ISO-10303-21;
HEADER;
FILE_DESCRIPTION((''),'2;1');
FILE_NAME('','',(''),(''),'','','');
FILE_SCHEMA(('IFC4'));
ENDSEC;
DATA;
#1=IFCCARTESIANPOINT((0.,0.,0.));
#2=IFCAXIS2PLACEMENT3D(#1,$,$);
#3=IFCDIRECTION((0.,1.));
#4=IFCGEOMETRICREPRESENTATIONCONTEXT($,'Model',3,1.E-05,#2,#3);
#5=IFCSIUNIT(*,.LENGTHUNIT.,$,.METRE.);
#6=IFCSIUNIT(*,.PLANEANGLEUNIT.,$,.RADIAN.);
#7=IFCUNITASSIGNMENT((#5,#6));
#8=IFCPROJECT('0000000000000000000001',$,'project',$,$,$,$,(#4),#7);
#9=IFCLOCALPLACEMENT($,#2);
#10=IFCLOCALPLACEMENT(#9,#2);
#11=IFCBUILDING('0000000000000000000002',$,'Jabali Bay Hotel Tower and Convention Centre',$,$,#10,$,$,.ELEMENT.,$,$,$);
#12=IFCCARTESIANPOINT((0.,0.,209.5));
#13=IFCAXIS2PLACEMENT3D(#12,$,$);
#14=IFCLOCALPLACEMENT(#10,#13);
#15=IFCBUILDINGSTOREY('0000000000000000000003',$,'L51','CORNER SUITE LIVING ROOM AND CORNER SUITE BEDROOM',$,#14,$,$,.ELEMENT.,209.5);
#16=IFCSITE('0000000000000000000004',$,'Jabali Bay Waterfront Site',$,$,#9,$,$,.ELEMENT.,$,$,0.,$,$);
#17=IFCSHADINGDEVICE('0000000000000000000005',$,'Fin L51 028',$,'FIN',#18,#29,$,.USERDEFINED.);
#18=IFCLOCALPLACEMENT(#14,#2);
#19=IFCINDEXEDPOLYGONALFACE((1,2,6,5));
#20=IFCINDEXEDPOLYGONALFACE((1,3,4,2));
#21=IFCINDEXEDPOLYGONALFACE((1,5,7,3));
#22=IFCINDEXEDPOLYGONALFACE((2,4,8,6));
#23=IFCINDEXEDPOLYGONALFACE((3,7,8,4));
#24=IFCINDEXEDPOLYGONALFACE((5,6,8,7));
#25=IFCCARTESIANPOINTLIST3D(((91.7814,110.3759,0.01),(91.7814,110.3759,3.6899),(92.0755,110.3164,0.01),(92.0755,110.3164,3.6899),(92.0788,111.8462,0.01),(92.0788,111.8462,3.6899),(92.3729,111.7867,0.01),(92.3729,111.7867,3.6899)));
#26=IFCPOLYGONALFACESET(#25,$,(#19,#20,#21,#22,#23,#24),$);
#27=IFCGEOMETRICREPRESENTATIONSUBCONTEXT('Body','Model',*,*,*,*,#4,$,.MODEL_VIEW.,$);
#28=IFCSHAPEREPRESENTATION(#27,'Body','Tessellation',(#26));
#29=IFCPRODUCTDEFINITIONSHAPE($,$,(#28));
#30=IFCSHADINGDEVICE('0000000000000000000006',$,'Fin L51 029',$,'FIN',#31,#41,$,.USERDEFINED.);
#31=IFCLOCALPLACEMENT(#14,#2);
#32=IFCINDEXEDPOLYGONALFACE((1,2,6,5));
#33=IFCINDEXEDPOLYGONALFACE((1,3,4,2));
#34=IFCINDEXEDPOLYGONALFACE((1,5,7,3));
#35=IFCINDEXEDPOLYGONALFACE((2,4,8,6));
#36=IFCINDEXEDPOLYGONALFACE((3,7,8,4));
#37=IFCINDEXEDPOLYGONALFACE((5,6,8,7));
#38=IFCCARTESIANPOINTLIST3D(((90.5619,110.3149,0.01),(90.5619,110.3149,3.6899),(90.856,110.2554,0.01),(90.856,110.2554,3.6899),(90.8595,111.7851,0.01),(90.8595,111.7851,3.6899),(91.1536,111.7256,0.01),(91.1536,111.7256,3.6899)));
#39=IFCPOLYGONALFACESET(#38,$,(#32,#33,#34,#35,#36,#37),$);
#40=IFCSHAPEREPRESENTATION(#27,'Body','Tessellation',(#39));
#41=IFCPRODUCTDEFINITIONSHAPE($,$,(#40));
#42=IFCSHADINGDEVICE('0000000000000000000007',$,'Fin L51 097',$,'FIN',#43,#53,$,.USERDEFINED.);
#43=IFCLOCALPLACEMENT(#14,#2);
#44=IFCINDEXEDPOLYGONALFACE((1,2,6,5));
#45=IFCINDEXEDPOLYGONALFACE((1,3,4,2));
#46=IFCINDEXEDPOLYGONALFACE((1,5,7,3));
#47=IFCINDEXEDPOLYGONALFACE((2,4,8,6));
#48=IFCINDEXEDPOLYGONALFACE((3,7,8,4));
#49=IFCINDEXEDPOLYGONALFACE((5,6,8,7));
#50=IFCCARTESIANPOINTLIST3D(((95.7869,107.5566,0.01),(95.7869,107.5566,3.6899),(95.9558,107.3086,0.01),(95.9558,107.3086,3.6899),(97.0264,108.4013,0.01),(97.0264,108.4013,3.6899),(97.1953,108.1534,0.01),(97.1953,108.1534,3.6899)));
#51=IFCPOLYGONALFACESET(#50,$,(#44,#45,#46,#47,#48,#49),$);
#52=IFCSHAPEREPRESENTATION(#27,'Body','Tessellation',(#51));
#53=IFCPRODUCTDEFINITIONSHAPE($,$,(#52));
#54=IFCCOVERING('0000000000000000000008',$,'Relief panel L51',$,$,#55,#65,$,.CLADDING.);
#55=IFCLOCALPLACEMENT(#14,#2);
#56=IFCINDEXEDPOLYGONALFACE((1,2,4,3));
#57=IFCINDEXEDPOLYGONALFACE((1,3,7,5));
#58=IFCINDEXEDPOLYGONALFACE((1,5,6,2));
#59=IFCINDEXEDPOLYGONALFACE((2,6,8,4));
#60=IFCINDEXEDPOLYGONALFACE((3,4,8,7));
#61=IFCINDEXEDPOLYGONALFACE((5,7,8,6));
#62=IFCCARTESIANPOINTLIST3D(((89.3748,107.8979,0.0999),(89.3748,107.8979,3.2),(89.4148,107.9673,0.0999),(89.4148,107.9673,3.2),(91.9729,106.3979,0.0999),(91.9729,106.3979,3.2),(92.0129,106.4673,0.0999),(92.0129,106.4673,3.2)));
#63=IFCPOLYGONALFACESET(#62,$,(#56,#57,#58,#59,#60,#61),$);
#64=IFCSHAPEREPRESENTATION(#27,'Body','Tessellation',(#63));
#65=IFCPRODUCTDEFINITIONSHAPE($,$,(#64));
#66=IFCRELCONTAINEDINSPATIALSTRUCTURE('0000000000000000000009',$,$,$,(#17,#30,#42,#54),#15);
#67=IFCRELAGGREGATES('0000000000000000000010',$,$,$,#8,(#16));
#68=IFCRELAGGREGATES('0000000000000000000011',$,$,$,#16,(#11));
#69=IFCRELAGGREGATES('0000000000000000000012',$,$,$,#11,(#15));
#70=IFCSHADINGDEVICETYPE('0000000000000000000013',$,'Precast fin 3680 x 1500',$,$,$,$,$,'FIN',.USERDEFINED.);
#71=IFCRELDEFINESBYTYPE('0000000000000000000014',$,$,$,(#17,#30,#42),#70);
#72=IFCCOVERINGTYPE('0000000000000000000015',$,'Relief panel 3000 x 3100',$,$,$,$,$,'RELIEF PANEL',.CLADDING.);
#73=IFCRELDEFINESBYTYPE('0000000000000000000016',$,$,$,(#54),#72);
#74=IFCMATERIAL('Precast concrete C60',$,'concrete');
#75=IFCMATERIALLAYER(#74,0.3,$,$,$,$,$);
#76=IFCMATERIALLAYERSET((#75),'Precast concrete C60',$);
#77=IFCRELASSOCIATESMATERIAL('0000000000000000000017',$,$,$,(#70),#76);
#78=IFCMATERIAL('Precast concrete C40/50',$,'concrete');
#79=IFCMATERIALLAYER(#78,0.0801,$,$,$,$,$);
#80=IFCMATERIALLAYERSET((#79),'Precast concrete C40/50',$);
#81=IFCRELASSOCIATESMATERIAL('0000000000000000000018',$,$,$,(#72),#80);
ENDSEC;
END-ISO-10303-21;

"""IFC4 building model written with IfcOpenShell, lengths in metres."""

from ifc_helpers import new_model, si_unit, direction, frame, frame_2d, origin, origin_2d, place, context, subcontext, project, spatial, rectangle, extrude, material, layer, layer_set, type_object, element, save


model = new_model("IFC4")

# Units and contexts
model_context = context("Model", 3, precision=1e-05, world=origin(), true_north=direction((0.0, 1.0)))
body_context = subcontext(model_context, "Body", "Model", "MODEL_VIEW")
ifc_project = project(units=[si_unit("LENGTHUNIT", "METRE"), si_unit("PLANEANGLEUNIT", "RADIAN")], contexts=[model_context])

# Site, building, storey
site_placement = place(None, origin())
site = spatial("IfcSite", under=ifc_project, at=site_placement, Name="Jabali Bay Waterfront Site", CompositionType="ELEMENT", RefElevation=0.0)
building_placement = place(site_placement, origin())
building = spatial("IfcBuilding", under=site, at=building_placement, Name="Jabali Bay Hotel Tower and Convention Centre", CompositionType="ELEMENT")
storey_placement = place(building_placement, frame((0.0, 0.0, 209.5)))
storey = spatial("IfcBuildingStorey", under=building, at=storey_placement, Name="L51", Description="CORNER SUITE LIVING ROOM AND CORNER SUITE BEDROOM", CompositionType="ELEMENT", Elevation=209.5)

# Shading devices
ifc_material_1 = material(Name="Precast concrete C60", Category="concrete")
ifc_layer_1 = layer(ifc_material_1, 0.3)
ifc_layer_set_1 = layer_set([ifc_layer_1], Name="Precast concrete C60")
shading_device_type = type_object("IfcShadingDeviceType", Name="Precast fin 3680 x 1500", ElementType="FIN", PredefinedType="USERDEFINED", material=ifc_layer_set_1)
for number, where, z_axis, x_axis, name in (
    (1, (91.9285, 110.3462, 0.01), (0.0, 0.0, 1.0), (0.198244, 0.980153, 0.0), "Fin L51 028"),
    (2, (90.709, 110.2852, 0.01), (0.0, 0.0, 1.0), (0.1984, 0.980121, 0.0), "Fin L51 029"),
    (3, (95.8713, 107.4326, 0.01), (0.0, 0.0, 1.0), (0.826348, 0.56316, 0.0), "Fin L51 097"),
):
    element("IfcShadingDevice", number, at=place(storey_placement, frame(where, z_axis=z_axis, x_axis=x_axis)), inside=storey, type_object=shading_device_type, Name=name, ObjectType="FIN", PredefinedType="USERDEFINED", context=body_context, shape_type="SweptSolid", body=[
        extrude(rectangle(XDim=1.5, YDim=0.3, at=frame_2d((0.75, 0.0))), origin(), (0.0, 0.0, 1.0), 3.6799),
    ])

# Covering
ifc_material_2 = material(Name="Precast concrete C40/50", Category="concrete")
ifc_layer_2 = layer(ifc_material_2, 0.0801)
ifc_layer_set_2 = layer_set([ifc_layer_2], Name="Precast concrete C40/50")
covering_type = type_object("IfcCoveringType", Name="Relief panel 3000 x 3100", ElementType="RELIEF PANEL", PredefinedType="CLADDING", material=ifc_layer_set_2)
covering_placement = place(storey_placement, frame((90.6938, 107.1826, 0.0999), z_axis=(0.0, 0.0, 1.0), x_axis=(0.866025, -0.5, 0.0)))
element("IfcCovering", 4, at=covering_placement, inside=storey, type_object=covering_type, Name="Relief panel L51", PredefinedType="CLADDING", context=body_context, shape_type="SweptSolid", body=[
    extrude(rectangle(XDim=3.0, YDim=0.0801, at=origin_2d()), origin(), (0.0, 0.0, 1.0), 3.1001),
])

save(model, "model.ifc")
